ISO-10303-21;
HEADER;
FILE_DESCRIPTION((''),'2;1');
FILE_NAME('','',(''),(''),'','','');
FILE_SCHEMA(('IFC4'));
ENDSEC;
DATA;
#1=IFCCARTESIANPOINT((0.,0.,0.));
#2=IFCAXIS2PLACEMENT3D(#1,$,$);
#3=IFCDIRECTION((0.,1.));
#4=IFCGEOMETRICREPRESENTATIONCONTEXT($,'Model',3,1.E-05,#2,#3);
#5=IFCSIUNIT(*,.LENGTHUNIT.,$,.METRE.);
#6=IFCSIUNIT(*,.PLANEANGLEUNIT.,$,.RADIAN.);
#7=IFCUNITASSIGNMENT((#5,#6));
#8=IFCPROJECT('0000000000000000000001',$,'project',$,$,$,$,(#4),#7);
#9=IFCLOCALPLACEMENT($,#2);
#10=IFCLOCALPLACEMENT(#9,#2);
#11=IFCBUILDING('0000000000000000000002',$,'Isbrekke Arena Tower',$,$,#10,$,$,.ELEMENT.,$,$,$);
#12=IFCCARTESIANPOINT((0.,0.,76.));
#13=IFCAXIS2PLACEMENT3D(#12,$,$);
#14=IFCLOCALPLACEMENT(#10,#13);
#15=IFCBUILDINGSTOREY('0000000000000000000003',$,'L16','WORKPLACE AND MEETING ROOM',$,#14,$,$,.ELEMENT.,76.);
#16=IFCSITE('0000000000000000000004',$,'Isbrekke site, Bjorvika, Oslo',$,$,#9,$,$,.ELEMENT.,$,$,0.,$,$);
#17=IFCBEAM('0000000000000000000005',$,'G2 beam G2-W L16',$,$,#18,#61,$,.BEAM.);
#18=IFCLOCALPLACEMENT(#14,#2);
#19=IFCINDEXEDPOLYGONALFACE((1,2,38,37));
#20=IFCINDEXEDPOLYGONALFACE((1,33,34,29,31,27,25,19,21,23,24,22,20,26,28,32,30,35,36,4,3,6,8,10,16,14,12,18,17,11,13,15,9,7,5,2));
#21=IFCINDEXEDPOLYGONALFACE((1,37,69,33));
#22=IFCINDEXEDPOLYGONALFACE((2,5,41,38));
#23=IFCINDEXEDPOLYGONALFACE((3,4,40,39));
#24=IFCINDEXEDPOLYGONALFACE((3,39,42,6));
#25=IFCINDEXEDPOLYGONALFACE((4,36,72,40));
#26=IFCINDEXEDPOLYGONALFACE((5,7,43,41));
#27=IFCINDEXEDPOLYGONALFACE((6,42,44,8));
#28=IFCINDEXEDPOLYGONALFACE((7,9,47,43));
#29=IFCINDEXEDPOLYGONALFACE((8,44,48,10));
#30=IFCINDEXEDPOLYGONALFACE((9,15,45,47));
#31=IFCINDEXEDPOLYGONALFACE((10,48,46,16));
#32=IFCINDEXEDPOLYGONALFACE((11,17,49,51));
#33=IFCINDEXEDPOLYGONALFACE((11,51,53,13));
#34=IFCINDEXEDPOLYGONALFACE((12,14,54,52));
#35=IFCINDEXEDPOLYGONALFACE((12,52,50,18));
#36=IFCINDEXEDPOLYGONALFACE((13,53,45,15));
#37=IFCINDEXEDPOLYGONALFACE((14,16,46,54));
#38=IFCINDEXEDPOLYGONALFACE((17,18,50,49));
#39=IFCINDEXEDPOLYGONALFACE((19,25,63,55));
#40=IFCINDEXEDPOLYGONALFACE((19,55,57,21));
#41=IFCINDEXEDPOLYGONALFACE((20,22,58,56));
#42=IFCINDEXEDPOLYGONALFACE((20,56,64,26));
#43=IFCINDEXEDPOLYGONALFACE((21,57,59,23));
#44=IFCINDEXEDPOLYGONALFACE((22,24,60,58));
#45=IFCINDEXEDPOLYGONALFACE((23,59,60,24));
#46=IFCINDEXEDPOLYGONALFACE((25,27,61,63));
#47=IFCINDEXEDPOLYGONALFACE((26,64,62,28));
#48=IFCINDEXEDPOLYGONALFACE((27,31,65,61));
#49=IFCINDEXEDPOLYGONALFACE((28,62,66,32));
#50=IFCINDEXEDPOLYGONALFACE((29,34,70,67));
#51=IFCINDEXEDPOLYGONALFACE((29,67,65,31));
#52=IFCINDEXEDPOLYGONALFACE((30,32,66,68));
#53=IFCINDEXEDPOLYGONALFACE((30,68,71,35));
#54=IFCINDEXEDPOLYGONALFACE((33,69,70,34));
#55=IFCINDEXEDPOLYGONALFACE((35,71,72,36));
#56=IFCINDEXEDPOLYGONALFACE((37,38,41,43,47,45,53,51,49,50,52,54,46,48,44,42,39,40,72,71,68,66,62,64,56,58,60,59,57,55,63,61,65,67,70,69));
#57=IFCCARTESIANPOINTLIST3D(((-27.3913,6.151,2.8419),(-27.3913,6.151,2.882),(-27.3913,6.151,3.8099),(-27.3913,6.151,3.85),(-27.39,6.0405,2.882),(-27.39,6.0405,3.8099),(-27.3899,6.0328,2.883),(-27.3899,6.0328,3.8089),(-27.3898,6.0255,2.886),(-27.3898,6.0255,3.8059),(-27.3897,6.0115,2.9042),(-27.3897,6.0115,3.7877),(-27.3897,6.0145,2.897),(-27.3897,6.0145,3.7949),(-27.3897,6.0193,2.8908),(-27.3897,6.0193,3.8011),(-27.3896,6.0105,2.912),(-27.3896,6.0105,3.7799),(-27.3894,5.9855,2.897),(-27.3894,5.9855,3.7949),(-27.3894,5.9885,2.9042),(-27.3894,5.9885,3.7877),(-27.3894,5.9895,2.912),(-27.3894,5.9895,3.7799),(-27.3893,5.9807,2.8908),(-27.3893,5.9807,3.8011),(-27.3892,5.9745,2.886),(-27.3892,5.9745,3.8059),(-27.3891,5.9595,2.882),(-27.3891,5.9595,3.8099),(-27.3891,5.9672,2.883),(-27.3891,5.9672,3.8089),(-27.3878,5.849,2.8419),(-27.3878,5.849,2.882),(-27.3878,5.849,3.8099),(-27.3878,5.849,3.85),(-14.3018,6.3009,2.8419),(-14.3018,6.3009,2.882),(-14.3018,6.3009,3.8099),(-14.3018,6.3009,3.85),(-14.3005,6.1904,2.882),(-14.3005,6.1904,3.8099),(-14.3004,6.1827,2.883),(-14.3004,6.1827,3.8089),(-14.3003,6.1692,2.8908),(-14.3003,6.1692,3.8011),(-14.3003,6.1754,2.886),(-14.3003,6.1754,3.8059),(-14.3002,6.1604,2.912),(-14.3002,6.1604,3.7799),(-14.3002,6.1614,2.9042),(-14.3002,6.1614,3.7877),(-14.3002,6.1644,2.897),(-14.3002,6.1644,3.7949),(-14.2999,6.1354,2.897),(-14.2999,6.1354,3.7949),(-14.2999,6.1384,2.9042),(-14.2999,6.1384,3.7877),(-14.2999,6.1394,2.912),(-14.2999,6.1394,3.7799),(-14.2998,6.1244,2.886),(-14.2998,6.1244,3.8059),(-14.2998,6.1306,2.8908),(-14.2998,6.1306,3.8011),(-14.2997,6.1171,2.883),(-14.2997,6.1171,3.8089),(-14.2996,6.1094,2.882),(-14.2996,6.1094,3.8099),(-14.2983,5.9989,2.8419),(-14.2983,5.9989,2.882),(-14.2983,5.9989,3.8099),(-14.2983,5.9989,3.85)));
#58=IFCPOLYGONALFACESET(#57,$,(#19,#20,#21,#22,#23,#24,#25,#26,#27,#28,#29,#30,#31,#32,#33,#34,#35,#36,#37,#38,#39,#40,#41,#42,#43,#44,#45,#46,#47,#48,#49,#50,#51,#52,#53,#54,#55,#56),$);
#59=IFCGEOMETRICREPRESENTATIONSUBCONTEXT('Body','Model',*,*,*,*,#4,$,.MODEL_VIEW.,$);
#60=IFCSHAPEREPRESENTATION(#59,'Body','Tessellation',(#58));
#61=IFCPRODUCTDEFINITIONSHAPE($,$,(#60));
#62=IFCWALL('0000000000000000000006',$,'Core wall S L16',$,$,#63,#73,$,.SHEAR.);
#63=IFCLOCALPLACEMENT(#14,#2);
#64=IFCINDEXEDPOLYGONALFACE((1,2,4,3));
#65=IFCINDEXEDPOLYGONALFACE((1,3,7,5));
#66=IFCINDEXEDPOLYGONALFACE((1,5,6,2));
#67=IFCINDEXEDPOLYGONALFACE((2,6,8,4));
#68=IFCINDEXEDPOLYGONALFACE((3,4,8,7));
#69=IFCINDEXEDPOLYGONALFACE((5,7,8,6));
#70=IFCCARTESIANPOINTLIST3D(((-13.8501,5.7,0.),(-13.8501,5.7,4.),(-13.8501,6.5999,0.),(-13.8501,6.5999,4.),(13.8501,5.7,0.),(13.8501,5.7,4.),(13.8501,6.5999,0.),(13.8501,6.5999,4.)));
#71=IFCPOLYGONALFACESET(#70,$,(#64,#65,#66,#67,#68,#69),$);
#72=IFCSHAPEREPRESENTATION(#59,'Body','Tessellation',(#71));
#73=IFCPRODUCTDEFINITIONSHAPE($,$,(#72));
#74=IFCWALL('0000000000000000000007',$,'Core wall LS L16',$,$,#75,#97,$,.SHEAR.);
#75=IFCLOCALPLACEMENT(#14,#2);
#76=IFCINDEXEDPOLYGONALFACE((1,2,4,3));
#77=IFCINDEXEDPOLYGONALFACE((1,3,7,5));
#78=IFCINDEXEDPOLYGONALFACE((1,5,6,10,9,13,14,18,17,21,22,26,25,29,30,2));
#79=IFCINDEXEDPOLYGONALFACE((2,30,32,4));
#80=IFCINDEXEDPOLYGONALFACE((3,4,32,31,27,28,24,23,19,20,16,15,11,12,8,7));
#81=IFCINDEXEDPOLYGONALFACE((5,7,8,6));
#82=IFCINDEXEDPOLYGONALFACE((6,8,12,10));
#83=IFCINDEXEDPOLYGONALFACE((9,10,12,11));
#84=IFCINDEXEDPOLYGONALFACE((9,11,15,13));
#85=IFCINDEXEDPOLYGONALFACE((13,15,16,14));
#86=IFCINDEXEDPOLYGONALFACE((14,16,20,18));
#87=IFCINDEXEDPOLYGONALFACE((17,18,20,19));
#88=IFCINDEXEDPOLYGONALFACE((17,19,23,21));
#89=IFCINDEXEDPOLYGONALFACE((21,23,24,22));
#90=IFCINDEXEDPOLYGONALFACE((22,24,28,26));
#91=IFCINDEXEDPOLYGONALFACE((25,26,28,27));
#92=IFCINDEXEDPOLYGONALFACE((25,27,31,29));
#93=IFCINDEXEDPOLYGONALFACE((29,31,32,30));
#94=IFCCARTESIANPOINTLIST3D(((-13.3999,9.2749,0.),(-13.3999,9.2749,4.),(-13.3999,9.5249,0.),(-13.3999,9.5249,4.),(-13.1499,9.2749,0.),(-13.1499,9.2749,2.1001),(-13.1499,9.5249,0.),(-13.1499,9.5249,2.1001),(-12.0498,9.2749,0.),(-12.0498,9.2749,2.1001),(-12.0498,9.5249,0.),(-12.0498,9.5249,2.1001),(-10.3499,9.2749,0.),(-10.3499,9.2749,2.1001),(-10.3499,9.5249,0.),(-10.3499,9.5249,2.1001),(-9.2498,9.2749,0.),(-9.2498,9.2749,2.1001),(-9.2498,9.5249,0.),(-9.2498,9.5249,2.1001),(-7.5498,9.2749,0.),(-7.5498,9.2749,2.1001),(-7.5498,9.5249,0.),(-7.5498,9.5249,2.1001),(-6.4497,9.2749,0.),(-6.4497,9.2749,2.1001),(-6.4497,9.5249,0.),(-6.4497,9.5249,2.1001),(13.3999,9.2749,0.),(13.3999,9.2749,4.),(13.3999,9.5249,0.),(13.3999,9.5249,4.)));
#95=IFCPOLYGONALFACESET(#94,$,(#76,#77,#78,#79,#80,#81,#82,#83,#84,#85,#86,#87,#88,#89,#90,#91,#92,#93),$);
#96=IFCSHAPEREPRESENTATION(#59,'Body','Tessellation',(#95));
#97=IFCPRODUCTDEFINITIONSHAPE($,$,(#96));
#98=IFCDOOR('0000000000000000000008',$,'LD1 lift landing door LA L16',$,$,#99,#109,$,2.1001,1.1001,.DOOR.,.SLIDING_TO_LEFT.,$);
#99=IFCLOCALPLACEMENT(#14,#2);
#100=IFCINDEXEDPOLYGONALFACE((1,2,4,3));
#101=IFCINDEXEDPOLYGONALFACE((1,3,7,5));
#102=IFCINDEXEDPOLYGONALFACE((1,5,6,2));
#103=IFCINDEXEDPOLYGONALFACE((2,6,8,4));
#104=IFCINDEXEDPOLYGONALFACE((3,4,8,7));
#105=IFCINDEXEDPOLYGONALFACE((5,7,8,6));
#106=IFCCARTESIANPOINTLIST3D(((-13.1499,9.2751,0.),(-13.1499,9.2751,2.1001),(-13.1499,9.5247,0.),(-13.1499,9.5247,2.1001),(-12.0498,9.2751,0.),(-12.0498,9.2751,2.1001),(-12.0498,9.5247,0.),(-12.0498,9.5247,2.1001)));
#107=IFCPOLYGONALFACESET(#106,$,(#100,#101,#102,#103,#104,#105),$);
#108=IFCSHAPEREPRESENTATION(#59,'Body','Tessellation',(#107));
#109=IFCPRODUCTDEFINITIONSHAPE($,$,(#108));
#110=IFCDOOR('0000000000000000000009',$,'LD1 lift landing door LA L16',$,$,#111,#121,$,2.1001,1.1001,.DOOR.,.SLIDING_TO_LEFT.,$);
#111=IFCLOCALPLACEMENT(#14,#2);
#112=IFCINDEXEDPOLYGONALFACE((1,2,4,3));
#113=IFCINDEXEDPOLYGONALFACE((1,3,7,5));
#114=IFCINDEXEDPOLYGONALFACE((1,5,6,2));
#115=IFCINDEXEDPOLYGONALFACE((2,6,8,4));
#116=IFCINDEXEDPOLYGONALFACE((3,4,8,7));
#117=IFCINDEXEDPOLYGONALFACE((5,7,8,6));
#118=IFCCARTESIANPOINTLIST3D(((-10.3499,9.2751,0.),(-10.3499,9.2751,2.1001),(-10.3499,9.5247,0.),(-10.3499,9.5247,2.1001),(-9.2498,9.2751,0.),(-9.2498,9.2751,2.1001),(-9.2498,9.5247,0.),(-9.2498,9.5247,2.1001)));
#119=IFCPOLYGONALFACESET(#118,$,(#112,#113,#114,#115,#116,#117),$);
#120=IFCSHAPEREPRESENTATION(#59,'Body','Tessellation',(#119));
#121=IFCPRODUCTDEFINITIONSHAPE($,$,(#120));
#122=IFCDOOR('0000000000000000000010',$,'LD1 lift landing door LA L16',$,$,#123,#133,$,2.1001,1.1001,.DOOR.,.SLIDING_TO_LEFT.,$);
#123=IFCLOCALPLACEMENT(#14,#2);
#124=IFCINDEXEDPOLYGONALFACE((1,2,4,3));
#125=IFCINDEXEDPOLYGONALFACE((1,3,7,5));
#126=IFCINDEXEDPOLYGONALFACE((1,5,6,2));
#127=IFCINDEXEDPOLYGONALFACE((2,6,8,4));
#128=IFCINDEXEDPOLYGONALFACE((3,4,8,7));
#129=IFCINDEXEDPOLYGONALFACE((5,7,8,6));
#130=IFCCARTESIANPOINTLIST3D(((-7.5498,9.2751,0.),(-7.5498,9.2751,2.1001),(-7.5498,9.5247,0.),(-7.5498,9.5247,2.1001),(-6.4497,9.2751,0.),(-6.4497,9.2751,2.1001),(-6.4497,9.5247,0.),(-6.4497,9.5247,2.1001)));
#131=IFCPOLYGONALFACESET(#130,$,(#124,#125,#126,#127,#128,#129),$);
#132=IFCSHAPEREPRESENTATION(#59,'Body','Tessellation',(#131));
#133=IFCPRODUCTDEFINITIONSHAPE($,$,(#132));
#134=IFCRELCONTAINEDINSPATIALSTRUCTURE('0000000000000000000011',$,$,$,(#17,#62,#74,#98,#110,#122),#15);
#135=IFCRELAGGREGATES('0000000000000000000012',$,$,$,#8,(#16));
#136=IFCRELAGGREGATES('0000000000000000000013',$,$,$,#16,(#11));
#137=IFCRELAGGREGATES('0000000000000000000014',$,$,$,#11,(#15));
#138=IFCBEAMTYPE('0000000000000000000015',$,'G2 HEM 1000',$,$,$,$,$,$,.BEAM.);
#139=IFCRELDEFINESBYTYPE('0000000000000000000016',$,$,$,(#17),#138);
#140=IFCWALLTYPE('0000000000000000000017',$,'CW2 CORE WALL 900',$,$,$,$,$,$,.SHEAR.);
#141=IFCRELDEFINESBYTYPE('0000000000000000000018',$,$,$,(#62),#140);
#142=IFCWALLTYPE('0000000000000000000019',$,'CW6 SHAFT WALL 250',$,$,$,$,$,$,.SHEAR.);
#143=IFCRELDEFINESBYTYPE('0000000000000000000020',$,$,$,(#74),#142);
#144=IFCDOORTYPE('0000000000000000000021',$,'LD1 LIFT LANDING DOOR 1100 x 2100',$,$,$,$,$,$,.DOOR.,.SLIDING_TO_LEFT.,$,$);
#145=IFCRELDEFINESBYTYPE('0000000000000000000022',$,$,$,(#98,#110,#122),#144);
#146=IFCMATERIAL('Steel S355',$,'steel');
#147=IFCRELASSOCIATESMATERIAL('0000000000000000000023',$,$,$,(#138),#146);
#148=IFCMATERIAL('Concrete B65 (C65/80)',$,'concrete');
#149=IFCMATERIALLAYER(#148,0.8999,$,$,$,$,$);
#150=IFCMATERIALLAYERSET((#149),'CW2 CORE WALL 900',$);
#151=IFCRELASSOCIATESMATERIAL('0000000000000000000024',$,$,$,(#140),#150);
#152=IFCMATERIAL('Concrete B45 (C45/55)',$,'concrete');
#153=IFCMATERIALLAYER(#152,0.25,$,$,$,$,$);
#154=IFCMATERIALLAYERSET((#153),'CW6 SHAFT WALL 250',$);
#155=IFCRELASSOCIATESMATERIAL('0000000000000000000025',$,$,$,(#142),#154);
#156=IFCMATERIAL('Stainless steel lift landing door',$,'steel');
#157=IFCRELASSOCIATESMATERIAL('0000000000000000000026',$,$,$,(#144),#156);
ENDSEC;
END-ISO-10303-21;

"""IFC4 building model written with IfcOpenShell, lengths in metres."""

from ifc_helpers import new_model, si_unit, direction, frame, frame_2d, origin, origin_2d, place, context, subcontext, project, spatial, rectangle, i_section, extrude, material, layer, layer_set, material_profile, profile_set, type_object, element, fill, save


model = new_model("IFC4")

# Units and contexts
model_context = context("Model", 3, precision=1e-05, world=origin(), true_north=direction((0.0, 1.0)))
body_context = subcontext(model_context, "Body", "Model", "MODEL_VIEW")
ifc_project = project(units=[si_unit("LENGTHUNIT", "METRE"), si_unit("PLANEANGLEUNIT", "RADIAN")], contexts=[model_context])

# Site, building, storey
site_placement = place(None, origin())
site = spatial("IfcSite", under=ifc_project, at=site_placement, Name="Isbrekke site, Bjorvika, Oslo", CompositionType="ELEMENT", RefElevation=0.0)
building_placement = place(site_placement, origin())
building = spatial("IfcBuilding", under=site, at=building_placement, Name="Isbrekke Arena Tower", CompositionType="ELEMENT")
storey_placement = place(building_placement, frame((0.0, 0.0, 76.0)))
storey = spatial("IfcBuildingStorey", under=building, at=storey_placement, Name="L16", Description="WORKPLACE AND MEETING ROOM", CompositionType="ELEMENT", Elevation=76.0)

# Beam
ifc_material_1 = material(Name="Steel S355", Category="steel")
ifc_material_profile = material_profile(ifc_material_1, i_section(OverallWidth=0.302, OverallDepth=1.0081, WebThickness=0.021, FlangeThickness=0.04, FilletRadius=0.03, at=origin_2d()), Name="HEM 1000")
ifc_profile_set = profile_set([ifc_material_profile], Name="Steel S355")
beam_type = type_object("IfcBeamType", Name="G2 HEM 1000", PredefinedType="BEAM", material=ifc_profile_set)
beam_placement = place(storey_placement, frame((-14.3, 6.1499, 3.3459), z_axis=(-0.999934, -0.011451, 0.0), x_axis=(0.011451, -0.999934, 0.0)))
element("IfcBeam", 1, at=beam_placement, inside=storey, type_object=beam_type, Name="G2 beam G2-W L16", PredefinedType="BEAM", context=body_context, shape_type="SweptSolid", body=[
    extrude(i_section(OverallWidth=0.302, OverallDepth=1.0081, WebThickness=0.021, FlangeThickness=0.04, FilletRadius=0.03, at=origin_2d()), origin(), (0.0, 0.0, 1.0), 13.0903),
])

# Wall
ifc_material_2 = material(Name="Concrete B65 (C65/80)", Category="concrete")
ifc_layer_1 = layer(ifc_material_2, 0.8999)
ifc_layer_set_1 = layer_set([ifc_layer_1], Name="CW2 CORE WALL 900")
wall_type_1 = type_object("IfcWallType", Name="CW2 CORE WALL 900", PredefinedType="SHEAR", material=ifc_layer_set_1)
wall_1_placement = place(storey_placement, frame((-13.8501, 6.1499, 0.0), z_axis=(0.0, 0.0, 1.0), x_axis=(1.0, 0.0, 0.0)))
element("IfcWall", 2, at=wall_1_placement, inside=storey, type_object=wall_type_1, Name="Core wall S L16", PredefinedType="SHEAR", context=body_context, shape_type="SweptSolid", body=[
    extrude(rectangle(XDim=27.7002, YDim=0.8999, at=frame_2d((13.8501, 0.0))), origin(), (0.0, 0.0, 1.0), 4.0),
])

# Wall, openings, doors
ifc_material_3 = material(Name="Concrete B45 (C45/55)", Category="concrete")
ifc_layer_2 = layer(ifc_material_3, 0.25)
ifc_layer_set_2 = layer_set([ifc_layer_2], Name="CW6 SHAFT WALL 250")
wall_type_2 = type_object("IfcWallType", Name="CW6 SHAFT WALL 250", PredefinedType="SHEAR", material=ifc_layer_set_2)
wall_2_placement = place(storey_placement, frame((-13.3999, 9.3999, 0.0), z_axis=(0.0, 0.0, 1.0), x_axis=(1.0, 0.0, 0.0)))
wall_2 = element("IfcWall", 3, at=wall_2_placement, inside=storey, type_object=wall_type_2, Name="Core wall LS L16", PredefinedType="SHEAR", context=body_context, shape_type="SweptSolid", body=[
    extrude(rectangle(XDim=26.7998, YDim=0.25, at=frame_2d((13.3999, 0.0))), origin(), (0.0, 0.0, 1.0), 4.0),
])
opening_1_placement = place(wall_2_placement, frame((0.25, 0.0, 0.0)))
opening_1 = element("IfcOpeningElement", 4, at=opening_1_placement, cuts=wall_2, PredefinedType="OPENING", context=body_context, shape_type="SweptSolid", body=[
    extrude(rectangle(XDim=1.1001, YDim=2.1001, at=frame_2d((0.55, 1.05))), frame((0.0, 0.1399, 0.0), z_axis=(0.0, -1.0, 0.0), x_axis=(1.0, 0.0, 0.0)), (0.0, 0.0, 1.0), 0.2798),
])
opening_2_placement = place(wall_2_placement, frame((3.05, 0.0, 0.0)))
opening_2 = element("IfcOpeningElement", 5, at=opening_2_placement, cuts=wall_2, PredefinedType="OPENING", context=body_context, shape_type="SweptSolid", body=[
    extrude(rectangle(XDim=1.1001, YDim=2.1001, at=frame_2d((0.55, 1.05))), frame((0.0, 0.1399, 0.0), z_axis=(0.0, -1.0, 0.0), x_axis=(1.0, 0.0, 0.0)), (0.0, 0.0, 1.0), 0.2798),
])
opening_3_placement = place(wall_2_placement, frame((5.8501, 0.0, 0.0)))
opening_3 = element("IfcOpeningElement", 6, at=opening_3_placement, cuts=wall_2, PredefinedType="OPENING", context=body_context, shape_type="SweptSolid", body=[
    extrude(rectangle(XDim=1.1001, YDim=2.1001, at=frame_2d((0.55, 1.05))), frame((0.0, 0.1399, 0.0), z_axis=(0.0, -1.0, 0.0), x_axis=(1.0, 0.0, 0.0)), (0.0, 0.0, 1.0), 0.2798),
])
ifc_material_4 = material(Name="Stainless steel lift landing door", Category="steel")
door_type_1 = type_object("IfcDoorType", Name="LD1 LIFT LANDING DOOR 1100 x 2100", OperationType="SLIDING_TO_LEFT", PredefinedType="DOOR", material=ifc_material_4)
door_1_placement = place(opening_1_placement, origin())
door_1 = element("IfcDoor", 7, at=door_1_placement, inside=storey, type_object=door_type_1, Name="LD1 lift landing door LA L16", OperationType="SLIDING_TO_LEFT", OverallHeight=2.1001, OverallWidth=1.1001, PredefinedType="DOOR", context=body_context, shape_type="SweptSolid", body=[
    extrude(rectangle(XDim=1.1001, YDim=2.1001, at=frame_2d((0.55, 1.05))), frame((0.0, 0.1248, 0.0), z_axis=(0.0, -1.0, 0.0), x_axis=(1.0, 0.0, 0.0)), (0.0, 0.0, 1.0), 0.2495),
])
fill(opening_1, door_1)
door_2_placement = place(opening_2_placement, origin())
door_2 = element("IfcDoor", 8, at=door_2_placement, inside=storey, type_object=door_type_1, Name="LD1 lift landing door LA L16", OperationType="SLIDING_TO_LEFT", OverallHeight=2.1001, OverallWidth=1.1001, PredefinedType="DOOR", context=body_context, shape_type="SweptSolid", body=[
    extrude(rectangle(XDim=1.1001, YDim=2.1001, at=frame_2d((0.55, 1.05))), frame((0.0, 0.1248, 0.0), z_axis=(0.0, -1.0, 0.0), x_axis=(1.0, 0.0, 0.0)), (0.0, 0.0, 1.0), 0.2495),
])
fill(opening_2, door_2)
door_3_placement = place(opening_3_placement, origin())
door_3 = element("IfcDoor", 9, at=door_3_placement, inside=storey, type_object=door_type_1, Name="LD1 lift landing door LA L16", OperationType="SLIDING_TO_LEFT", OverallHeight=2.1001, OverallWidth=1.1001, PredefinedType="DOOR", context=body_context, shape_type="SweptSolid", body=[
    extrude(rectangle(XDim=1.1001, YDim=2.1001, at=frame_2d((0.55, 1.05))), frame((0.0, 0.1248, 0.0), z_axis=(0.0, -1.0, 0.0), x_axis=(1.0, 0.0, 0.0)), (0.0, 0.0, 1.0), 0.2495),
])
fill(opening_3, door_3)

save(model, "model.ifc")
